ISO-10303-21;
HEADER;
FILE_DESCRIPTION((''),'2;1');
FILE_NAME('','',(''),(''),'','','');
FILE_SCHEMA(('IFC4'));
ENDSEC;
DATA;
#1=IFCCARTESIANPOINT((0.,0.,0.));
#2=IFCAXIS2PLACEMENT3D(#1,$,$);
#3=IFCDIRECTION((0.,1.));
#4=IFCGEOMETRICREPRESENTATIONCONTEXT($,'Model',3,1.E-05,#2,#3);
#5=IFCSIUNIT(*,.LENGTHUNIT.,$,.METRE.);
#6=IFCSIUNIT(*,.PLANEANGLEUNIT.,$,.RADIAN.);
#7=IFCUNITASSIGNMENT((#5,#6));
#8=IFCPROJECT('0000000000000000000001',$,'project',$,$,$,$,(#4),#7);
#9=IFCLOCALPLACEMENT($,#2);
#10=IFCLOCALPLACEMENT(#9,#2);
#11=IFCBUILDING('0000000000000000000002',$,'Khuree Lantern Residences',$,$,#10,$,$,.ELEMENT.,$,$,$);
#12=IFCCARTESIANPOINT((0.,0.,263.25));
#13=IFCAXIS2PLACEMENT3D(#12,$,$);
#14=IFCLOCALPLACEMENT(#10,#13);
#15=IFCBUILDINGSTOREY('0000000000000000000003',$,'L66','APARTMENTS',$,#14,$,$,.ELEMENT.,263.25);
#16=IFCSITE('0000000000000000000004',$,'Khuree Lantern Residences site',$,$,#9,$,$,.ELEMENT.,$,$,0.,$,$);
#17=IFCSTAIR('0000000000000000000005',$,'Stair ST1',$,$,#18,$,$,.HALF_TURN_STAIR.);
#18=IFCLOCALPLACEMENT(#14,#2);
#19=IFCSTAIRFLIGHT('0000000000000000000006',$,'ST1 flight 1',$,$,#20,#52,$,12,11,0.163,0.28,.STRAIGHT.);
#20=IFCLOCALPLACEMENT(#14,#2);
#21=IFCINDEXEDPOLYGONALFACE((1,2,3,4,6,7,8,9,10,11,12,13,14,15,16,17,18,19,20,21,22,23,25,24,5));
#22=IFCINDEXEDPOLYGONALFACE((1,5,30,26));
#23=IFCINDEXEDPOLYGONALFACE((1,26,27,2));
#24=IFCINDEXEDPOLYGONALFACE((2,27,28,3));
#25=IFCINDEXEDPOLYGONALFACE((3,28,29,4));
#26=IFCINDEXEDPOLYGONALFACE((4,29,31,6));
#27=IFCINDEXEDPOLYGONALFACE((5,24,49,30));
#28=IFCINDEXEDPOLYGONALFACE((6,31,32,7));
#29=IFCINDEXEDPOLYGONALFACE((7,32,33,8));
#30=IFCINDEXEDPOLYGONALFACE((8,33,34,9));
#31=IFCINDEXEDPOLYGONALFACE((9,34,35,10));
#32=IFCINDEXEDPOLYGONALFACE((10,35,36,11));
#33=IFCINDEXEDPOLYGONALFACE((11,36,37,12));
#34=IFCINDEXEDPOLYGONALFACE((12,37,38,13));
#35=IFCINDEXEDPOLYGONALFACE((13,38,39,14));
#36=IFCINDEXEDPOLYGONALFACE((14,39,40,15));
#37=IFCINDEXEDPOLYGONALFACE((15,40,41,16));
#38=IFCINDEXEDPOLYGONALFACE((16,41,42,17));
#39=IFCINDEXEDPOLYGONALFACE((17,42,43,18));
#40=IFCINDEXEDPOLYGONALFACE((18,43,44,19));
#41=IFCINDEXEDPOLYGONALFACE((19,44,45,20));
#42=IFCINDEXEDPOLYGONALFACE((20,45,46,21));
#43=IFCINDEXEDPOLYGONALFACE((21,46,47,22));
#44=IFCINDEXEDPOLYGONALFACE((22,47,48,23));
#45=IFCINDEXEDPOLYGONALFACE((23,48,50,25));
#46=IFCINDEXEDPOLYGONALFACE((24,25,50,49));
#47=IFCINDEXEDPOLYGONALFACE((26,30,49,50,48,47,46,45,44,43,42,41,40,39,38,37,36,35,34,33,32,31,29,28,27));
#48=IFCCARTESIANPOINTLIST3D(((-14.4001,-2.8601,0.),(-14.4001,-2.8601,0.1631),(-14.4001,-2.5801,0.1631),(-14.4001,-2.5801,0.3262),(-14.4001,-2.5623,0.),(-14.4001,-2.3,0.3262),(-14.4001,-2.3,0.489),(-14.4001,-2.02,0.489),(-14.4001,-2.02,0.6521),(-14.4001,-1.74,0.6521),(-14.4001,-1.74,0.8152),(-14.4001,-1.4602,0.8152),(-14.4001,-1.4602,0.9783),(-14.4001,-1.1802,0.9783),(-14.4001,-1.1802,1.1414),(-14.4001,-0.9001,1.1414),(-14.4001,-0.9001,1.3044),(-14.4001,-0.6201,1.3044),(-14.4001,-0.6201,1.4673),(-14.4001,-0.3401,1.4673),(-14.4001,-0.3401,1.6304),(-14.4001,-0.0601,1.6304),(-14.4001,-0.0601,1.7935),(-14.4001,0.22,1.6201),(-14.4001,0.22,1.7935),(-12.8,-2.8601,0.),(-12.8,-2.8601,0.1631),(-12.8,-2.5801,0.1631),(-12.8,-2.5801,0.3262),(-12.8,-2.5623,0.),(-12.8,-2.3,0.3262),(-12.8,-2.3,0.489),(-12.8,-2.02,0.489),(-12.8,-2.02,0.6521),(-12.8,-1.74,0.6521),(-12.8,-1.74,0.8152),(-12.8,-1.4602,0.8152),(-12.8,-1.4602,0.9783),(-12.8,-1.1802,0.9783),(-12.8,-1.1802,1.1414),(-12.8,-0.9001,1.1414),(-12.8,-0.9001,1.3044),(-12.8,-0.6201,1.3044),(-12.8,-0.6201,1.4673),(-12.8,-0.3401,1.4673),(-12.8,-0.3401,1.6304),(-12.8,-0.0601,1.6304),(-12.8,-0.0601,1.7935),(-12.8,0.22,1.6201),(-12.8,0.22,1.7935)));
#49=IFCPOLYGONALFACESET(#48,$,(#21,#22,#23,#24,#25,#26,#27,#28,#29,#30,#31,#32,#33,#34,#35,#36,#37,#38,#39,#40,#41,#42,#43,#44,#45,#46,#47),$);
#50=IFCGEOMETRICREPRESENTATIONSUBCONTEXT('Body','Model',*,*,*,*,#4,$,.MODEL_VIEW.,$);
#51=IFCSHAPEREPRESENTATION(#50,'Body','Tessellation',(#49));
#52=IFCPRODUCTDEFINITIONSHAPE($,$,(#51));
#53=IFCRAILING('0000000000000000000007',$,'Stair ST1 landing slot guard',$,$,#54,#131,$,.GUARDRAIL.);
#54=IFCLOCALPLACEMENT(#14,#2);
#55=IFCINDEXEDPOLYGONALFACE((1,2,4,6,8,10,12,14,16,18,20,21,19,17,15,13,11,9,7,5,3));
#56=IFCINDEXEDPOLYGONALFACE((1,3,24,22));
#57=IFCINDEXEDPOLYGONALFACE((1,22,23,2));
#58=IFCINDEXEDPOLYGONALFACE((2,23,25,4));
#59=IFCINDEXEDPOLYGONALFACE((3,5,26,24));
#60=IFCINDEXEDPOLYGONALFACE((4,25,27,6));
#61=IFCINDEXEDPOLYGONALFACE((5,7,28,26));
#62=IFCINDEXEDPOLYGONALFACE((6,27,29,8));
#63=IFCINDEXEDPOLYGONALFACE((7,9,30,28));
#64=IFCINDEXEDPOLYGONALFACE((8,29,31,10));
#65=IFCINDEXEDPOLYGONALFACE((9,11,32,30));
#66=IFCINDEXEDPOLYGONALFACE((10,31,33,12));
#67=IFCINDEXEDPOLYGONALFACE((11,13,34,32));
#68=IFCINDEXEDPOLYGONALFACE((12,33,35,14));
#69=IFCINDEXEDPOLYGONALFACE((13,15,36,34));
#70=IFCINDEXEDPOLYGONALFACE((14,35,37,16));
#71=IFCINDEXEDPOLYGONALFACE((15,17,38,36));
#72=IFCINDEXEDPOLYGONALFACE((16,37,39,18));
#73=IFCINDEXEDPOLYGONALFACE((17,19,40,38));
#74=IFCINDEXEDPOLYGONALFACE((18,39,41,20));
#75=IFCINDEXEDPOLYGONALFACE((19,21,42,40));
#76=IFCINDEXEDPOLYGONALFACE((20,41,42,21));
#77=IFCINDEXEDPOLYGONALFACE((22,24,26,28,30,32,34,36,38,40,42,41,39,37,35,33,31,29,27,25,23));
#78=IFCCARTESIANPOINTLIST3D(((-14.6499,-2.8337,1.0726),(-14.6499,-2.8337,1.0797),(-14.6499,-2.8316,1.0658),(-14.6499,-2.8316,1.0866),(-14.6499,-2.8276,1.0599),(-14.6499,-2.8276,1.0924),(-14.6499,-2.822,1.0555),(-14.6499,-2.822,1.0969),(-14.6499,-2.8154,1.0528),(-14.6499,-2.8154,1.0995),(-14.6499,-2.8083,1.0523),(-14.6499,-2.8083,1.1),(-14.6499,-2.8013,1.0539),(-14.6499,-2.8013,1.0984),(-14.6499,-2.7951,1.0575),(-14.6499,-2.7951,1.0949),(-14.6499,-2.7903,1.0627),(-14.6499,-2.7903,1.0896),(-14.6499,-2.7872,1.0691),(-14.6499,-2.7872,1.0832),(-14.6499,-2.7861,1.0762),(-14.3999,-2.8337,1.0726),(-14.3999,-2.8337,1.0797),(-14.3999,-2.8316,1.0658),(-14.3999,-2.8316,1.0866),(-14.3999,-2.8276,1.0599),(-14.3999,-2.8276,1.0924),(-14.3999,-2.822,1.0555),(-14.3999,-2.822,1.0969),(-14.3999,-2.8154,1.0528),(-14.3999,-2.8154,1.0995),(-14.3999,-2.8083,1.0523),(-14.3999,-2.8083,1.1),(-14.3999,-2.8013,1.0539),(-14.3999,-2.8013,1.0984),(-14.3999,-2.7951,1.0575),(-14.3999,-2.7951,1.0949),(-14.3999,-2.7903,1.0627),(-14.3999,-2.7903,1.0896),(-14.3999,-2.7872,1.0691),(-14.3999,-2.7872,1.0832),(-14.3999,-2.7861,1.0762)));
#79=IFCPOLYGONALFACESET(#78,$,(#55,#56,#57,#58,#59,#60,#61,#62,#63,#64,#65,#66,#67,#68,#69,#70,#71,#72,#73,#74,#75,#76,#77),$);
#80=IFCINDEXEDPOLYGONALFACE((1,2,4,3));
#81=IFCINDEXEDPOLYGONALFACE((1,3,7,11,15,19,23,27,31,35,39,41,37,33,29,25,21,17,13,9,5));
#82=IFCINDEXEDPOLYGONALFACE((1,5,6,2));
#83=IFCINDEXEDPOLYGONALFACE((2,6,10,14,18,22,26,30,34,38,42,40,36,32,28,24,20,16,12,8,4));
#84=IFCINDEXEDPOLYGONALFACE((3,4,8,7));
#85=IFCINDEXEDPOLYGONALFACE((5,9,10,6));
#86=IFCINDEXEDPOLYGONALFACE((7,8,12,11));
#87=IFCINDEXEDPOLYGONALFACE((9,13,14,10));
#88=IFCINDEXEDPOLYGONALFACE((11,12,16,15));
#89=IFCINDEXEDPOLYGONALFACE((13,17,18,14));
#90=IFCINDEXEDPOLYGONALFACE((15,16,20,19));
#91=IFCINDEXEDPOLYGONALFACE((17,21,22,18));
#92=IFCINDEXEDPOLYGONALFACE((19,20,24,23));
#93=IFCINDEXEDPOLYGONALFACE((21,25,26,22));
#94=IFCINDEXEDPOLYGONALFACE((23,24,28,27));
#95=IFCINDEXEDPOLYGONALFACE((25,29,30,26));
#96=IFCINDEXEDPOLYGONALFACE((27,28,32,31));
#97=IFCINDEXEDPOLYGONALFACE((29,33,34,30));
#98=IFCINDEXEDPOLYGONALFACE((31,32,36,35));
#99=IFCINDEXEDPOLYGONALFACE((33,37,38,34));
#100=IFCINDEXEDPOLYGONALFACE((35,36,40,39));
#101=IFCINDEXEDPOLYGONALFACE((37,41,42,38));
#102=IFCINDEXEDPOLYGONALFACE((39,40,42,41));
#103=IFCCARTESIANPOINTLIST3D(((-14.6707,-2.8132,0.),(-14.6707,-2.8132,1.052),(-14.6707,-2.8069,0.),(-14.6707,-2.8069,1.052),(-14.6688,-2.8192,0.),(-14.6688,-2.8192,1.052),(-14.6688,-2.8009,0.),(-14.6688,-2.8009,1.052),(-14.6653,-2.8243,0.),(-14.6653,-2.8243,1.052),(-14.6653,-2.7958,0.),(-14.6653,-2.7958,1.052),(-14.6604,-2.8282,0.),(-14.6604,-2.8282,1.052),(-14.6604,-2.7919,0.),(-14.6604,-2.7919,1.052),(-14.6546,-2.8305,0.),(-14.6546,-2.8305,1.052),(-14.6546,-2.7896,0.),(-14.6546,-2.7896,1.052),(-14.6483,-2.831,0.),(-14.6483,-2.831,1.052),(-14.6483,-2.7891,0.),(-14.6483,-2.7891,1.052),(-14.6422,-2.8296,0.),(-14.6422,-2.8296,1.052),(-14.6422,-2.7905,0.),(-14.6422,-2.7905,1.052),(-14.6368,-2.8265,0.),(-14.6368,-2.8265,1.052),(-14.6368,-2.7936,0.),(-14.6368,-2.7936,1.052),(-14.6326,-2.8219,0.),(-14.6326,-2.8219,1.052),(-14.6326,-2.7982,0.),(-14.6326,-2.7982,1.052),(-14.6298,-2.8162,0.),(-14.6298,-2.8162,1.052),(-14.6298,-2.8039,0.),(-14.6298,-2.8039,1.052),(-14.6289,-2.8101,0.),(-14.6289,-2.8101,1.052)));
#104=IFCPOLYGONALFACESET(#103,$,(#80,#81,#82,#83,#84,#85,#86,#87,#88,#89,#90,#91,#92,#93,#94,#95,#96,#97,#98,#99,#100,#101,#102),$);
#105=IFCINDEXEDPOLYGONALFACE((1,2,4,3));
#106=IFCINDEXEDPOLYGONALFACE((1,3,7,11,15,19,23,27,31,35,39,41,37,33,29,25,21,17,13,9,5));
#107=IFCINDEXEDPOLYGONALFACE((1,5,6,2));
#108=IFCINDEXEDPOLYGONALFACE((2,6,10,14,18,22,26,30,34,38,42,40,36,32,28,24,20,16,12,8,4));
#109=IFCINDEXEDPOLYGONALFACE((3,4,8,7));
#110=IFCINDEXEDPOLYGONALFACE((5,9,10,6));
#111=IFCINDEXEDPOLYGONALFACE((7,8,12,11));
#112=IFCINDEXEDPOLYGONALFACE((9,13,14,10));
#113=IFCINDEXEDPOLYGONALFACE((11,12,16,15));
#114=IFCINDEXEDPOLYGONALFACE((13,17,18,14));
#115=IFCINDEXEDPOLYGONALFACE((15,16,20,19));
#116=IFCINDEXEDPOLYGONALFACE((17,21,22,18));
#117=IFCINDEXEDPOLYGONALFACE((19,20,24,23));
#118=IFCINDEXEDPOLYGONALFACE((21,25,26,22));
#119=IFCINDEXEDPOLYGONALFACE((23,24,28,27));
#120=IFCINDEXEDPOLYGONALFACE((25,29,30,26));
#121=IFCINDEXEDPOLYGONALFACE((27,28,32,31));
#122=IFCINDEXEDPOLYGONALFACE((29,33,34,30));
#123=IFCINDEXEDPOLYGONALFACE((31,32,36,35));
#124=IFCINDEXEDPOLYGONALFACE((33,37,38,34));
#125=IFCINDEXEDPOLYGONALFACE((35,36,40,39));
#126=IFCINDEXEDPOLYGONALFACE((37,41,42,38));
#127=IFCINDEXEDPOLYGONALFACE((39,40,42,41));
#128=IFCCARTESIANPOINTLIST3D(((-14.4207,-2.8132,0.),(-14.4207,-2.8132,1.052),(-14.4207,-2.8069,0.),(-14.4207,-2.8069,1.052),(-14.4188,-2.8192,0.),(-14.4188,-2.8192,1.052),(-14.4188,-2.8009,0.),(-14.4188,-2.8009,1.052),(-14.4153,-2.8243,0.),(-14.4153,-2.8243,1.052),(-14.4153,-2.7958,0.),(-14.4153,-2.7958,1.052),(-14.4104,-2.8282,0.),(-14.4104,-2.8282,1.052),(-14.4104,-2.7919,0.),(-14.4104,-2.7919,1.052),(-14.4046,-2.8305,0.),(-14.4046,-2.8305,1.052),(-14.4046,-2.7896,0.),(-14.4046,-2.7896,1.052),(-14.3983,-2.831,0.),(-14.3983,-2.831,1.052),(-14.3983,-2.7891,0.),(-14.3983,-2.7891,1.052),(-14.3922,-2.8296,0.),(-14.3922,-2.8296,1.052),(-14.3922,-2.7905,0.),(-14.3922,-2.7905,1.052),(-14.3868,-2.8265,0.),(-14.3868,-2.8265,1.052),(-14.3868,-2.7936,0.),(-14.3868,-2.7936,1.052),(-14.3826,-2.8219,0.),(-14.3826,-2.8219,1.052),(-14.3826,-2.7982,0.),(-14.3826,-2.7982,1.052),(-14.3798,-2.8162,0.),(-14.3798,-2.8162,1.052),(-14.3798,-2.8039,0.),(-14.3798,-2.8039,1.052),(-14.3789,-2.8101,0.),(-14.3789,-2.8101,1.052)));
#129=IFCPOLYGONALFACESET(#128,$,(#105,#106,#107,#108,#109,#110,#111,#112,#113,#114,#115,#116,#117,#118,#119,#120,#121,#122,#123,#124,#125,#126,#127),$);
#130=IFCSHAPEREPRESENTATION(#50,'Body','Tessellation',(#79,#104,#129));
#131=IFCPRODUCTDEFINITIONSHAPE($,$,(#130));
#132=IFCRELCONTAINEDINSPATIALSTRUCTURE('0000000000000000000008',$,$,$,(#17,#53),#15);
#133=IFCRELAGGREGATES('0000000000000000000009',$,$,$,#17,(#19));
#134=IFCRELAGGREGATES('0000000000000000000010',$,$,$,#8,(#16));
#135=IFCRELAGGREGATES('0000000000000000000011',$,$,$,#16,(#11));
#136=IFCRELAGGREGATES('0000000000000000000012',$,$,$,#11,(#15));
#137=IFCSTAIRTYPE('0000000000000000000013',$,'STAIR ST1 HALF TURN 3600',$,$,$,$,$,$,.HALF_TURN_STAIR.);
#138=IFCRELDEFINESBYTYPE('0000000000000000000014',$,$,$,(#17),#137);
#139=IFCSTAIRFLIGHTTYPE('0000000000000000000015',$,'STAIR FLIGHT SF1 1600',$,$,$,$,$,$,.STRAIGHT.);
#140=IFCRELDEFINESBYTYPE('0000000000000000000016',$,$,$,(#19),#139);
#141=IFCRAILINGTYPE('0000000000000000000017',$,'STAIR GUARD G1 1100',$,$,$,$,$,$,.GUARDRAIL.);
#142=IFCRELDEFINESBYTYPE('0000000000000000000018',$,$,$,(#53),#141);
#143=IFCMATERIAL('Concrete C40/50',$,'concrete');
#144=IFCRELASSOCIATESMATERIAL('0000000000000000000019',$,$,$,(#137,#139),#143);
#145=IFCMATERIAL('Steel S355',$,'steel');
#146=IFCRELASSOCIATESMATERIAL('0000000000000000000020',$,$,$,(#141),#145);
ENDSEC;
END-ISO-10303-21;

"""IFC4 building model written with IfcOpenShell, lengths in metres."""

from ifc_helpers import new_model, si_unit, direction, frame, origin, origin_2d, place, context, subcontext, project, spatial, polyline, circle, outline, extrude, material, type_object, element, aggregate, save


model = new_model("IFC4")

# Units and contexts
model_context = context("Model", 3, precision=1e-05, world=origin(), true_north=direction((0.0, 1.0)))
body_context = subcontext(model_context, "Body", "Model", "MODEL_VIEW")
ifc_project = project(units=[si_unit("LENGTHUNIT", "METRE"), si_unit("PLANEANGLEUNIT", "RADIAN")], contexts=[model_context])

# Site, building, storey
site_placement = place(None, origin())
site = spatial("IfcSite", under=ifc_project, at=site_placement, Name="Khuree Lantern Residences site", CompositionType="ELEMENT", RefElevation=0.0)
building_placement = place(site_placement, origin())
building = spatial("IfcBuilding", under=site, at=building_placement, Name="Khuree Lantern Residences", CompositionType="ELEMENT")
storey_placement = place(building_placement, frame((0.0, 0.0, 263.25)))
storey = spatial("IfcBuildingStorey", under=building, at=storey_placement, Name="L66", Description="APARTMENTS", CompositionType="ELEMENT", Elevation=263.25)

# Stair, stair flight
ifc_material_1 = material(Name="Concrete C40/50", Category="concrete")
stair_type = type_object("IfcStairType", Name="STAIR ST1 HALF TURN 3600", PredefinedType="HALF_TURN_STAIR", material=ifc_material_1)
stair_placement = place(storey_placement, origin())
stair = element("IfcStair", 1, at=stair_placement, inside=storey, type_object=stair_type, Name="Stair ST1", PredefinedType="HALF_TURN_STAIR")
stair_flight_type = type_object("IfcStairFlightType", Name="STAIR FLIGHT SF1 1600", PredefinedType="STRAIGHT", material=ifc_material_1)
stair_flight_placement = place(storey_placement, frame((-13.6001, -2.8601, 0.0), z_axis=(0.0, 0.0, 1.0), x_axis=(0.0, 1.0, 0.0)))
stair_flight = element("IfcStairFlight", 2, at=stair_flight_placement, type_object=stair_flight_type, Name="ST1 flight 1", NumberOfRisers=12, NumberOfTreads=11, PredefinedType="STRAIGHT", RiserHeight=0.163, TreadLength=0.28, context=body_context, shape_type="SweptSolid", body=[
    extrude(outline(polyline([(0.0, 0.0), (0.0, 0.1631), (0.28, 0.1631), (0.28, 0.3262), (0.5601, 0.3262), (0.5601, 0.489), (0.8401, 0.489), (0.8401, 0.6521), (1.1201, 0.6521), (1.1201, 0.8152), (1.3999, 0.8152), (1.3999, 0.9783), (1.6799, 0.9783), (1.6799, 1.1414), (1.96, 1.1414), (1.96, 1.3044), (2.24, 1.3044), (2.24, 1.4673), (2.52, 1.4673), (2.52, 1.6304), (2.8, 1.6304), (2.8, 1.7935), (3.0801, 1.7935), (3.0801, 1.9565), (3.0801, 1.6201), (0.2979, 0.0), (0.0, 0.0)])), frame((0.0, 0.8, 0.0), z_axis=(0.0, -1.0, 0.0), x_axis=(1.0, 0.0, 0.0)), (0.0, 0.0, 1.0), 1.6001),
])
aggregate(stair, [stair_flight])

# Railing
ifc_material_2 = material(Name="Steel S355", Category="steel")
railing_type_1 = type_object("IfcRailingType", Name="STAIR GUARD G1 1100", PredefinedType="GUARDRAIL", material=ifc_material_2)
railing_1_placement = place(storey_placement, frame((-14.6499, -2.8101, 0.0)))
element("IfcRailing", 3, at=railing_1_placement, inside=storey, type_object=railing_type_1, Name="Stair ST1 landing slot guard", PredefinedType="GUARDRAIL", context=body_context, shape_type="SweptSolid", body=[
    extrude(circle(Radius=0.0239, at=origin_2d()), frame((0.0, 0.0, 1.0762), z_axis=(1.0, 0.0, 0.0), x_axis=(0.0, 1.0, 0.0)), (0.0, 0.0, 1.0), 0.25),
    extrude(circle(Radius=0.021, at=origin_2d()), origin(), (0.0, 0.0, 1.0), 1.052),
    extrude(circle(Radius=0.021, at=origin_2d()), frame((0.25, 0.0, 0.0)), (0.0, 0.0, 1.0), 1.052),
])

save(model, "model.ifc")
